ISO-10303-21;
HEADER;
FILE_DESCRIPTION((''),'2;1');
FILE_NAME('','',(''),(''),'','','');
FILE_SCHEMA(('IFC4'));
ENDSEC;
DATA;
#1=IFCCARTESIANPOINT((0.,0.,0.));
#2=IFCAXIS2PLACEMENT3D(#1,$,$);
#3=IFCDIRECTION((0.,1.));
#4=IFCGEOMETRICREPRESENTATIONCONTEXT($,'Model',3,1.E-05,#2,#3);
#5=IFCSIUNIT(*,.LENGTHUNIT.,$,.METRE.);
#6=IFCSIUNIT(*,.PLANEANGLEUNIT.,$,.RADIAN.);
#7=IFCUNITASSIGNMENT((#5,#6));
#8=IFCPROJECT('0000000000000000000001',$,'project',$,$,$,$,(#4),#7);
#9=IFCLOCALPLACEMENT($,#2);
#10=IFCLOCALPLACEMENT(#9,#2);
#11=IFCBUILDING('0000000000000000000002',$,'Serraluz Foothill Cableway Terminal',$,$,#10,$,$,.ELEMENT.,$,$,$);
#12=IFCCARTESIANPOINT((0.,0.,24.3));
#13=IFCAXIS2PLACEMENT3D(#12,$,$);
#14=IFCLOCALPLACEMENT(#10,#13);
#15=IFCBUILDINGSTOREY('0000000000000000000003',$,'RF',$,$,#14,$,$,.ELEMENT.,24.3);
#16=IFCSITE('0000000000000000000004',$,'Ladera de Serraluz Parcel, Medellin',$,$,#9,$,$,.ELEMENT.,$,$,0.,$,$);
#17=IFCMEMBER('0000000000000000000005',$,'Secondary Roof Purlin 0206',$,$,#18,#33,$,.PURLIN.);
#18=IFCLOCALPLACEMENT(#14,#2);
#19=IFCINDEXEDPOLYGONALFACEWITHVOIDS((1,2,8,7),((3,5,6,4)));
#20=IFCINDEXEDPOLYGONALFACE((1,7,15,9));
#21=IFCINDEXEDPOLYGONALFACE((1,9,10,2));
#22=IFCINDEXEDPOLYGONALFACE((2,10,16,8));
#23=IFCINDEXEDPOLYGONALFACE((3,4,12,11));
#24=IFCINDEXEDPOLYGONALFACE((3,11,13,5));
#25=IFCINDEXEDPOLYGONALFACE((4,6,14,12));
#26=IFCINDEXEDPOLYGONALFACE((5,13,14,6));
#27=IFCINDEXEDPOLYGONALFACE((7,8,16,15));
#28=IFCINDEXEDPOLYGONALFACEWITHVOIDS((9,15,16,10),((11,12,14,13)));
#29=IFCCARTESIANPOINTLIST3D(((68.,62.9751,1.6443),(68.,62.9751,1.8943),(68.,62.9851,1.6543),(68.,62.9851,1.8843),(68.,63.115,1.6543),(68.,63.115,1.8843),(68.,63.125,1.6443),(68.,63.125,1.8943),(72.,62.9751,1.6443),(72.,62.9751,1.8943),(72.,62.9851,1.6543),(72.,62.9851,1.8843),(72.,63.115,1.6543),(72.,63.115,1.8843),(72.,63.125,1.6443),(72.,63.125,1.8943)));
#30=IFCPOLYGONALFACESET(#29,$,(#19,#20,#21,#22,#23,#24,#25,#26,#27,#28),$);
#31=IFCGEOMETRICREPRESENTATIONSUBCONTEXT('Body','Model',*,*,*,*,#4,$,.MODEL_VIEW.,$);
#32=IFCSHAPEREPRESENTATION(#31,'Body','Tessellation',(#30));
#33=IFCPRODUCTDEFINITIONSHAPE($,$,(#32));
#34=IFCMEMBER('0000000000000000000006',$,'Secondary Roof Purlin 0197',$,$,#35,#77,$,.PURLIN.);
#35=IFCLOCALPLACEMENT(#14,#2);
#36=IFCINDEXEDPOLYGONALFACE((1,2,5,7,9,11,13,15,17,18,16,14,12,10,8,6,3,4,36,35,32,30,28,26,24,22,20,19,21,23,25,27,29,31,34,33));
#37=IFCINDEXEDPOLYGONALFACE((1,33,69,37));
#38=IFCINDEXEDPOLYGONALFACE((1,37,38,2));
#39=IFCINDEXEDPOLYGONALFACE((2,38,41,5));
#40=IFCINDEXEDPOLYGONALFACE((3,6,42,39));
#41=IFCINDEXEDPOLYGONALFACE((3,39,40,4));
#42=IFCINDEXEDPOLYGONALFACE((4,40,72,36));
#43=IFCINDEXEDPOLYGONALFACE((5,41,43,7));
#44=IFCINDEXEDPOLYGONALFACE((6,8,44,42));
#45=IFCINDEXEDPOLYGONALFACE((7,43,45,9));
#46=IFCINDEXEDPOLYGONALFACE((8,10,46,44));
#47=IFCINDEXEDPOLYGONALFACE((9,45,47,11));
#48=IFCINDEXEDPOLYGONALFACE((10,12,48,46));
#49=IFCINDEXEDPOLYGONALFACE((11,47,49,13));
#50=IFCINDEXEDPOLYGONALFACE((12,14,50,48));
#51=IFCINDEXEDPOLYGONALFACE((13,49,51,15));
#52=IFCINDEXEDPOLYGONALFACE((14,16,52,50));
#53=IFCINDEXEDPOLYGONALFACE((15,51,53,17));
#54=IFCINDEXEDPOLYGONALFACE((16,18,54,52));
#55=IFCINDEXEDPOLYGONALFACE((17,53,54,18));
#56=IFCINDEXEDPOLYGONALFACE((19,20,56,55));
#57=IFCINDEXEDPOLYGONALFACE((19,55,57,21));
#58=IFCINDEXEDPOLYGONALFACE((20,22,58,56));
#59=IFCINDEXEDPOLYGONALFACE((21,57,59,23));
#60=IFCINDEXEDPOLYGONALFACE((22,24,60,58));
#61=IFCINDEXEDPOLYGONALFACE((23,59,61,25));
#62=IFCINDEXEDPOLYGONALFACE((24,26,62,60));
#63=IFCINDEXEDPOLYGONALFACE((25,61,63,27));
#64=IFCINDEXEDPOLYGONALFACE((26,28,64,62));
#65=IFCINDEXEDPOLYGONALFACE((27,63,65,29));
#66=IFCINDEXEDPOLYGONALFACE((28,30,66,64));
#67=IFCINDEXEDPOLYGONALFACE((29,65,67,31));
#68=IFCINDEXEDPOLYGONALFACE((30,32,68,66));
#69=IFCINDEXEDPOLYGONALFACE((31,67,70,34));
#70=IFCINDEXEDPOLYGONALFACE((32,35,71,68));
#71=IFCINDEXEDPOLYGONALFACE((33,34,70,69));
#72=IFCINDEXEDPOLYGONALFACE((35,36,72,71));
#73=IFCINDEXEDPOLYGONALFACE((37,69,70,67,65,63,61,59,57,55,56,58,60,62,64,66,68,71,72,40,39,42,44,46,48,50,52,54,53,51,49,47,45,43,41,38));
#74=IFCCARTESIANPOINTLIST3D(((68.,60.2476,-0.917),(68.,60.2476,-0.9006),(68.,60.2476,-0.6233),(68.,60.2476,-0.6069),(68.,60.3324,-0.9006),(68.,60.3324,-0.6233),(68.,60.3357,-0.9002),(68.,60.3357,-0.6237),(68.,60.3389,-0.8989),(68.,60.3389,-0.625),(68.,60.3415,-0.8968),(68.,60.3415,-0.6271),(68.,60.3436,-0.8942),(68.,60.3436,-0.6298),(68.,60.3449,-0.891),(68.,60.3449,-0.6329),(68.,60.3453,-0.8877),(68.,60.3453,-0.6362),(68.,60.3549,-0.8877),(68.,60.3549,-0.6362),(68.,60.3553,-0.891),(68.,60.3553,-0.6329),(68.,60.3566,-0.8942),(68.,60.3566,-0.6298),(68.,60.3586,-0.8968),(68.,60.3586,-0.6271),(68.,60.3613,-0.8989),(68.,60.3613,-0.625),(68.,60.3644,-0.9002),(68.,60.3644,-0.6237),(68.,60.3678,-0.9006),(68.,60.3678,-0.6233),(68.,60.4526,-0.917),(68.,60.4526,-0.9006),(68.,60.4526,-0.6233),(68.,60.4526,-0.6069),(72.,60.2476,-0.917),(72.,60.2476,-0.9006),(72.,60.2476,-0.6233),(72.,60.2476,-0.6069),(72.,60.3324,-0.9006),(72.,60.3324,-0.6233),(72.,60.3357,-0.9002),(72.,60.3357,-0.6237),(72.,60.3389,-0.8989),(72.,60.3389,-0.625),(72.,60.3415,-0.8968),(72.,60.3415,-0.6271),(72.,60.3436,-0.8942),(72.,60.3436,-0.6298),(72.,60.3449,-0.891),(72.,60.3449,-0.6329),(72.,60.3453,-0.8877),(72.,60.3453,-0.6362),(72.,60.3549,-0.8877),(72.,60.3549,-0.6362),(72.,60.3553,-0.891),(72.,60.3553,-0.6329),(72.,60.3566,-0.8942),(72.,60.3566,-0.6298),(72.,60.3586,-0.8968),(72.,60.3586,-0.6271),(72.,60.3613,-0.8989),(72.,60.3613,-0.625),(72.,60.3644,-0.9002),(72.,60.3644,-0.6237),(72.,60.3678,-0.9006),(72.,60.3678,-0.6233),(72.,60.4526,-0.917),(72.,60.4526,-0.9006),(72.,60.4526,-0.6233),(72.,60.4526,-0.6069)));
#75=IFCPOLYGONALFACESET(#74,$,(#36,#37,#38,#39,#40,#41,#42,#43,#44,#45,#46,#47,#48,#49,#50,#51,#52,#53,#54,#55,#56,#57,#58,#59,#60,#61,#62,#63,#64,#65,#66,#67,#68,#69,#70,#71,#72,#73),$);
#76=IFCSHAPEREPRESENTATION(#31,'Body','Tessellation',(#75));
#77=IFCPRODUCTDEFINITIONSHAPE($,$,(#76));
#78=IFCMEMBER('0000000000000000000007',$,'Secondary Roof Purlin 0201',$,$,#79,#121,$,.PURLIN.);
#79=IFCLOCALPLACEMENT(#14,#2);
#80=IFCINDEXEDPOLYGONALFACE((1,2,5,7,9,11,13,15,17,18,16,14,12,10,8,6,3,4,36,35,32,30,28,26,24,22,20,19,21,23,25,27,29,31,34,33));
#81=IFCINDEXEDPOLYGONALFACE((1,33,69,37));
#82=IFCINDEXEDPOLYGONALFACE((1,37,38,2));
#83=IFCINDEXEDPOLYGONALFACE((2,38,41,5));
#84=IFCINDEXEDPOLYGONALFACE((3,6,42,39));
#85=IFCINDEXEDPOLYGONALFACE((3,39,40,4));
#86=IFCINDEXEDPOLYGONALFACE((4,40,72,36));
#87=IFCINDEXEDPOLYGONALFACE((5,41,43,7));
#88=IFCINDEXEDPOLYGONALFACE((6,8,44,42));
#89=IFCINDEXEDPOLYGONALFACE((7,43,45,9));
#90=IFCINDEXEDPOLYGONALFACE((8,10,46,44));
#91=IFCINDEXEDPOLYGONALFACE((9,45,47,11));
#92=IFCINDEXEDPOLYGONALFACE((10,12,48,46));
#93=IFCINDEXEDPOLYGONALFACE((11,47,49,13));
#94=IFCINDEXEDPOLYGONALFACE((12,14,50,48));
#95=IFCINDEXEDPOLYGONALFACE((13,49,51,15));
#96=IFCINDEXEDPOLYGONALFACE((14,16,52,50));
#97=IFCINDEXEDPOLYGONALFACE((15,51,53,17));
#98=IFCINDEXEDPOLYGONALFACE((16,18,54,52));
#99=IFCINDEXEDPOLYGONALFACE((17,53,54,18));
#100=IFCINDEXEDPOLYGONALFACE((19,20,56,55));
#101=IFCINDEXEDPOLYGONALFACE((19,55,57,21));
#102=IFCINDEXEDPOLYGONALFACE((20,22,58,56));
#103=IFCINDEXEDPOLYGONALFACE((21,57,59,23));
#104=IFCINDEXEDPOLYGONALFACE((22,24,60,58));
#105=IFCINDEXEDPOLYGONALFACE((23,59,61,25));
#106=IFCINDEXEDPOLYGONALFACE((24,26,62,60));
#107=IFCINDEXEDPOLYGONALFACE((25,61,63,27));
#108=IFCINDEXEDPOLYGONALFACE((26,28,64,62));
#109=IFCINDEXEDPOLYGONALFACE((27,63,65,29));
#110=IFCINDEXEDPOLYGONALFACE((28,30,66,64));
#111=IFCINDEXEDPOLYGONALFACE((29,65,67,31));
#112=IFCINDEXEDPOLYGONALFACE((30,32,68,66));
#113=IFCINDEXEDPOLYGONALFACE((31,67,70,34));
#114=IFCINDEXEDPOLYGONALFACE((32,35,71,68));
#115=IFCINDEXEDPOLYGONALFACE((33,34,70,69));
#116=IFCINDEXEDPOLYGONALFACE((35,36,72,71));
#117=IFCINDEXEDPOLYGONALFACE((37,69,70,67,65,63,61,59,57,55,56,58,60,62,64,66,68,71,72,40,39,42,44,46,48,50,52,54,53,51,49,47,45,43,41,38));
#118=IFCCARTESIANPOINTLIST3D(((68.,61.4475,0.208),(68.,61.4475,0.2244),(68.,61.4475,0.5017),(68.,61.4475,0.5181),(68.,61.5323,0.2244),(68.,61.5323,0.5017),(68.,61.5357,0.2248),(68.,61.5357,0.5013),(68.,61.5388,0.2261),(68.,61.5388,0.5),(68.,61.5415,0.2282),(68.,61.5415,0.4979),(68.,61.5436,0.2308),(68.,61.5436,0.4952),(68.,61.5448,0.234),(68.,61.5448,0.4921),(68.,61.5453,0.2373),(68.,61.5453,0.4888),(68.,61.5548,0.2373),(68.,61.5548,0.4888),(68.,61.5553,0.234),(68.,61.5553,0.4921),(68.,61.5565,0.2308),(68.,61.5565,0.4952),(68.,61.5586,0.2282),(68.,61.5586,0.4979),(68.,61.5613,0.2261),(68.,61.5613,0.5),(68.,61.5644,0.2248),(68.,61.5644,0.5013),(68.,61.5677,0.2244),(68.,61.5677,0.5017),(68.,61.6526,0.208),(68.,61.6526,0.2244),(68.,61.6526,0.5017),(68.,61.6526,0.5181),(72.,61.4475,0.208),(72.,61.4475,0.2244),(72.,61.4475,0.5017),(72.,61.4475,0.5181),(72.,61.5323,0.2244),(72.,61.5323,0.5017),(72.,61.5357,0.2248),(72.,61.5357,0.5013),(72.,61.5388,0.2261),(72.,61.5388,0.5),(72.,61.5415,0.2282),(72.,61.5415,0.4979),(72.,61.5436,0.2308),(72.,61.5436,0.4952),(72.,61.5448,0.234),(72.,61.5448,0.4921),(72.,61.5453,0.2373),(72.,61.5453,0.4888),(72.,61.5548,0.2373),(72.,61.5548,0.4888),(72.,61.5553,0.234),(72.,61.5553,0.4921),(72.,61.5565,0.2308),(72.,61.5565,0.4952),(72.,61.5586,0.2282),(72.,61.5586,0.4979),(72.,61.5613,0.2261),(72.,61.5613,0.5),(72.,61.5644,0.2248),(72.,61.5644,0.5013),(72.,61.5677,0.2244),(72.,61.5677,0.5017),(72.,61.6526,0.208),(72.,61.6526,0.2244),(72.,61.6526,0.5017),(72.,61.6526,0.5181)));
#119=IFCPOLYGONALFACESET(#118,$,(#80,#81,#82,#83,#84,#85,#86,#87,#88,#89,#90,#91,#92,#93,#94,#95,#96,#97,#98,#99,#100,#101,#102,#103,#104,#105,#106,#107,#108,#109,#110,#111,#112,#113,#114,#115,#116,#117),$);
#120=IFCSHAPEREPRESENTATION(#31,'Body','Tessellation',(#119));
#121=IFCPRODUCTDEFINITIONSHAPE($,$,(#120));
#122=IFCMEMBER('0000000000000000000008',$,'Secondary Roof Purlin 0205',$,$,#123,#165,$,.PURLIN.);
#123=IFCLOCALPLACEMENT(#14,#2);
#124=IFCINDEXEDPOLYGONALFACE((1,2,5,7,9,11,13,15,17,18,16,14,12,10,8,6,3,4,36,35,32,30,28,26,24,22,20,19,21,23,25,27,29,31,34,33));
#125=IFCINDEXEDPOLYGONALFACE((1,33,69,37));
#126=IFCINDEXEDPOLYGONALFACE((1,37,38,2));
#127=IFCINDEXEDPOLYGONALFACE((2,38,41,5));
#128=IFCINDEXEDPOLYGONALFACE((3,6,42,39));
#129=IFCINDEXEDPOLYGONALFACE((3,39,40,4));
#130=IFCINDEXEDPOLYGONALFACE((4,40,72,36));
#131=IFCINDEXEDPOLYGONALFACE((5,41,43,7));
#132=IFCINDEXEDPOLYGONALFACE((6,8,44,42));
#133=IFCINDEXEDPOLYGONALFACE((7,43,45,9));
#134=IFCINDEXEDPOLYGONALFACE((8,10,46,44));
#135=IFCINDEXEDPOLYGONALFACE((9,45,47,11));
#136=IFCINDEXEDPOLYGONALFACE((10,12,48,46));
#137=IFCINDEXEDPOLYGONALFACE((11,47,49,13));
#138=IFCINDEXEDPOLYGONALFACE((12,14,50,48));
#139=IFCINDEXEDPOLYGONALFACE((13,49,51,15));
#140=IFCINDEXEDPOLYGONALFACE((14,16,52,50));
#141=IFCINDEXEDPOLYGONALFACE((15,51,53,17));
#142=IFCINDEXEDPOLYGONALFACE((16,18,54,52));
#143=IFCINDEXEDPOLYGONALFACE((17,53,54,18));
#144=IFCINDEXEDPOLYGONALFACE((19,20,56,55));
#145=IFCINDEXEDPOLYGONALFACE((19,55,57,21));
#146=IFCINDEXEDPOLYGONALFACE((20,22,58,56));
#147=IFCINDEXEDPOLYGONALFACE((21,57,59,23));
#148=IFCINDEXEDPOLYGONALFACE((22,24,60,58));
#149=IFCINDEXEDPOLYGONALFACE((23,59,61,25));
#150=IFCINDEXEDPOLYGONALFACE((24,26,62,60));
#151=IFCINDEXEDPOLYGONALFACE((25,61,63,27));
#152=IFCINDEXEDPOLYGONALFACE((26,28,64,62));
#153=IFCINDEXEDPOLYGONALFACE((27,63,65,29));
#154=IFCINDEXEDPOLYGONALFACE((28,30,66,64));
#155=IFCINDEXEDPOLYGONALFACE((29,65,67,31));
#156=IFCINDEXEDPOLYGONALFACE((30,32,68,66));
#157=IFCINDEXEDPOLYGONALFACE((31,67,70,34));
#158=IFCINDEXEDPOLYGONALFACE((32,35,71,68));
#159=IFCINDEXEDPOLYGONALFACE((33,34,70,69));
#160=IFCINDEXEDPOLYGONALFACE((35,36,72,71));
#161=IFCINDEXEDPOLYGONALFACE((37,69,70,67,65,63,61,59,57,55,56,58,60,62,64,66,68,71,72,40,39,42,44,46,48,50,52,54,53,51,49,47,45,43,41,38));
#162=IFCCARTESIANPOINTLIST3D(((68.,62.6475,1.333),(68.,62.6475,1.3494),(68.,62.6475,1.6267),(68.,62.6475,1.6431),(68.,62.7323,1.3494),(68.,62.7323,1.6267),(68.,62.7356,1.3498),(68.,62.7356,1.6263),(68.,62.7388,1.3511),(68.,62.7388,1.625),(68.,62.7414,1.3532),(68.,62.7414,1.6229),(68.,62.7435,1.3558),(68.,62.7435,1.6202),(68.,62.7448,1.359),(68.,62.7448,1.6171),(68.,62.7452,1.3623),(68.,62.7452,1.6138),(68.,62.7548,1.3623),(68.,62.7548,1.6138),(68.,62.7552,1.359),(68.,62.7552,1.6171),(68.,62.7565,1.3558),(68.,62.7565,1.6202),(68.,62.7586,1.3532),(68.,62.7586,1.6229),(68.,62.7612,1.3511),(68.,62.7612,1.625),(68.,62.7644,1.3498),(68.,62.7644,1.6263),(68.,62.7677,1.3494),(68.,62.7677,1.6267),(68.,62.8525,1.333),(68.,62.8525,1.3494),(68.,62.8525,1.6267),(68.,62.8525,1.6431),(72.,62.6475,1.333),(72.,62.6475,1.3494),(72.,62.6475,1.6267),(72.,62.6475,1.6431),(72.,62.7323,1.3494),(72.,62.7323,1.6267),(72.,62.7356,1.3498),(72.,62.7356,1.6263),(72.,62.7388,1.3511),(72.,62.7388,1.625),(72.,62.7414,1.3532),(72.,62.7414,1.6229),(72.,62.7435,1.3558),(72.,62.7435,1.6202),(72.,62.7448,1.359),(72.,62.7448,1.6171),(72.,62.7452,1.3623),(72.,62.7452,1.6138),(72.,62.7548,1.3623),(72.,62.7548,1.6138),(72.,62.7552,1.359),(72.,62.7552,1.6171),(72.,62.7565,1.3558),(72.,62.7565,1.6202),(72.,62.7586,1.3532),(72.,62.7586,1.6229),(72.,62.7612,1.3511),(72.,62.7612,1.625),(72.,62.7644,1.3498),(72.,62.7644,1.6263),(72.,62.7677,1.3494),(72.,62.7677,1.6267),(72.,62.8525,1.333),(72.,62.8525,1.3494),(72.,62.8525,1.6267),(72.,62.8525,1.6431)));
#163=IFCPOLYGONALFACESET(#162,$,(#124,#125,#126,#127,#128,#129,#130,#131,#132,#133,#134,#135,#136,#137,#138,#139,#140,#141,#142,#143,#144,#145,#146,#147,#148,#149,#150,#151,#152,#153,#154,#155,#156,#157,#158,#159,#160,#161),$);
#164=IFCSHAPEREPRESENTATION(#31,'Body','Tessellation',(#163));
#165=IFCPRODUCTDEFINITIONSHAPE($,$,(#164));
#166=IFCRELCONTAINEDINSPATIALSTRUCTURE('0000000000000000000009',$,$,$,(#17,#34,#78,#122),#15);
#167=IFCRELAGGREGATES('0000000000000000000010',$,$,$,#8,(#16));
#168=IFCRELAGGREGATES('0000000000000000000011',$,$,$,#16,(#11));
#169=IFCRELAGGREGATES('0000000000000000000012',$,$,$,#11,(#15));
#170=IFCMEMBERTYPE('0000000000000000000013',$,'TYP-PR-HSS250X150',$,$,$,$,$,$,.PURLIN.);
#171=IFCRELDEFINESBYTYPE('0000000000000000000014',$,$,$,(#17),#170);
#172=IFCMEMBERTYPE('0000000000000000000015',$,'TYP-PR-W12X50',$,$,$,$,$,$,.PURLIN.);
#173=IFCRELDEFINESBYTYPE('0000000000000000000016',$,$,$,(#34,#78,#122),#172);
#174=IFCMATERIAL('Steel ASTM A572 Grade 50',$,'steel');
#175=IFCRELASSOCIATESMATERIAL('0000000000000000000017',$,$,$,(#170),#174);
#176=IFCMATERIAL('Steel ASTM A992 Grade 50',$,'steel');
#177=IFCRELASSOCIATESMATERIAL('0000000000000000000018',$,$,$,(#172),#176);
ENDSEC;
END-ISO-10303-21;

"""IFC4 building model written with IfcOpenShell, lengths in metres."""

from ifc_helpers import new_model, si_unit, direction, frame, origin, origin_2d, place, context, subcontext, project, spatial, hollow_rectangle, i_section, extrude, material, material_profile, profile_set, type_object, element, save


model = new_model("IFC4")

# Units and contexts
model_context = context("Model", 3, precision=1e-05, world=origin(), true_north=direction((0.0, 1.0)))
body_context = subcontext(model_context, "Body", "Model", "MODEL_VIEW")
ifc_project = project(units=[si_unit("LENGTHUNIT", "METRE"), si_unit("PLANEANGLEUNIT", "RADIAN")], contexts=[model_context])

# Site, building, storey
site_placement = place(None, origin())
site = spatial("IfcSite", under=ifc_project, at=site_placement, Name="Ladera de Serraluz Parcel, Medellin", CompositionType="ELEMENT", RefElevation=0.0)
building_placement = place(site_placement, origin())
building = spatial("IfcBuilding", under=site, at=building_placement, Name="Serraluz Foothill Cableway Terminal", CompositionType="ELEMENT")
storey_placement = place(building_placement, frame((0.0, 0.0, 24.3)))
storey = spatial("IfcBuildingStorey", under=building, at=storey_placement, Name="RF", CompositionType="ELEMENT", Elevation=24.3)

# Members
ifc_material_1 = material(Name="Steel ASTM A572 Grade 50", Category="steel")
ifc_material_profile_1 = material_profile(ifc_material_1, hollow_rectangle(XDim=0.1499, YDim=0.25, WallThickness=0.01, at=origin_2d()), Name="HSS250X150X10")
ifc_profile_set_1 = profile_set([ifc_material_profile_1], Name="Steel ASTM A572 Grade 50")
member_type_1 = type_object("IfcMemberType", Name="TYP-PR-HSS250X150", PredefinedType="PURLIN", material=ifc_profile_set_1)
for number, where, z_axis, x_axis, name in (
    (1, (68.0, 63.05, 1.7693), (1.0, 0.0, 0.0), (0.0, 1.0, 0.0), "Secondary Roof Purlin 0206"),
):
    element("IfcMember", number, at=place(storey_placement, frame(where, z_axis=z_axis, x_axis=x_axis)), inside=storey, type_object=member_type_1, Name=name, PredefinedType="PURLIN", context=body_context, shape_type="SweptSolid", body=[
        extrude(hollow_rectangle(XDim=0.1499, YDim=0.25, WallThickness=0.01, at=origin_2d()), origin(), (0.0, 0.0, 1.0), 4.0),
    ])
ifc_material_2 = material(Name="Steel ASTM A992 Grade 50", Category="steel")
ifc_material_profile_2 = material_profile(ifc_material_2, i_section(OverallWidth=0.2051, OverallDepth=0.3101, WebThickness=0.0095, FlangeThickness=0.0164, FilletRadius=0.0129, at=origin_2d()), Name="W12X50")
ifc_profile_set_2 = profile_set([ifc_material_profile_2], Name="Steel ASTM A992 Grade 50")
member_type_2 = type_object("IfcMemberType", Name="TYP-PR-W12X50", PredefinedType="PURLIN", material=ifc_profile_set_2)
for number, where, z_axis, x_axis, name in (
    (2, (68.0, 60.3501, -0.762), (1.0, 0.0, 0.0), (0.0, 1.0, 0.0), "Secondary Roof Purlin 0197"),
    (3, (68.0, 61.55, 0.363), (1.0, 0.0, 0.0), (0.0, 1.0, 0.0), "Secondary Roof Purlin 0201"),
    (4, (68.0, 62.75, 1.488), (1.0, 0.0, 0.0), (0.0, 1.0, 0.0), "Secondary Roof Purlin 0205"),
):
    element("IfcMember", number, at=place(storey_placement, frame(where, z_axis=z_axis, x_axis=x_axis)), inside=storey, type_object=member_type_2, Name=name, PredefinedType="PURLIN", context=body_context, shape_type="SweptSolid", body=[
        extrude(i_section(OverallWidth=0.2051, OverallDepth=0.3101, WebThickness=0.0095, FlangeThickness=0.0164, FilletRadius=0.0129, at=origin_2d()), origin(), (0.0, 0.0, 1.0), 4.0),
    ])

save(model, "model.ifc")
